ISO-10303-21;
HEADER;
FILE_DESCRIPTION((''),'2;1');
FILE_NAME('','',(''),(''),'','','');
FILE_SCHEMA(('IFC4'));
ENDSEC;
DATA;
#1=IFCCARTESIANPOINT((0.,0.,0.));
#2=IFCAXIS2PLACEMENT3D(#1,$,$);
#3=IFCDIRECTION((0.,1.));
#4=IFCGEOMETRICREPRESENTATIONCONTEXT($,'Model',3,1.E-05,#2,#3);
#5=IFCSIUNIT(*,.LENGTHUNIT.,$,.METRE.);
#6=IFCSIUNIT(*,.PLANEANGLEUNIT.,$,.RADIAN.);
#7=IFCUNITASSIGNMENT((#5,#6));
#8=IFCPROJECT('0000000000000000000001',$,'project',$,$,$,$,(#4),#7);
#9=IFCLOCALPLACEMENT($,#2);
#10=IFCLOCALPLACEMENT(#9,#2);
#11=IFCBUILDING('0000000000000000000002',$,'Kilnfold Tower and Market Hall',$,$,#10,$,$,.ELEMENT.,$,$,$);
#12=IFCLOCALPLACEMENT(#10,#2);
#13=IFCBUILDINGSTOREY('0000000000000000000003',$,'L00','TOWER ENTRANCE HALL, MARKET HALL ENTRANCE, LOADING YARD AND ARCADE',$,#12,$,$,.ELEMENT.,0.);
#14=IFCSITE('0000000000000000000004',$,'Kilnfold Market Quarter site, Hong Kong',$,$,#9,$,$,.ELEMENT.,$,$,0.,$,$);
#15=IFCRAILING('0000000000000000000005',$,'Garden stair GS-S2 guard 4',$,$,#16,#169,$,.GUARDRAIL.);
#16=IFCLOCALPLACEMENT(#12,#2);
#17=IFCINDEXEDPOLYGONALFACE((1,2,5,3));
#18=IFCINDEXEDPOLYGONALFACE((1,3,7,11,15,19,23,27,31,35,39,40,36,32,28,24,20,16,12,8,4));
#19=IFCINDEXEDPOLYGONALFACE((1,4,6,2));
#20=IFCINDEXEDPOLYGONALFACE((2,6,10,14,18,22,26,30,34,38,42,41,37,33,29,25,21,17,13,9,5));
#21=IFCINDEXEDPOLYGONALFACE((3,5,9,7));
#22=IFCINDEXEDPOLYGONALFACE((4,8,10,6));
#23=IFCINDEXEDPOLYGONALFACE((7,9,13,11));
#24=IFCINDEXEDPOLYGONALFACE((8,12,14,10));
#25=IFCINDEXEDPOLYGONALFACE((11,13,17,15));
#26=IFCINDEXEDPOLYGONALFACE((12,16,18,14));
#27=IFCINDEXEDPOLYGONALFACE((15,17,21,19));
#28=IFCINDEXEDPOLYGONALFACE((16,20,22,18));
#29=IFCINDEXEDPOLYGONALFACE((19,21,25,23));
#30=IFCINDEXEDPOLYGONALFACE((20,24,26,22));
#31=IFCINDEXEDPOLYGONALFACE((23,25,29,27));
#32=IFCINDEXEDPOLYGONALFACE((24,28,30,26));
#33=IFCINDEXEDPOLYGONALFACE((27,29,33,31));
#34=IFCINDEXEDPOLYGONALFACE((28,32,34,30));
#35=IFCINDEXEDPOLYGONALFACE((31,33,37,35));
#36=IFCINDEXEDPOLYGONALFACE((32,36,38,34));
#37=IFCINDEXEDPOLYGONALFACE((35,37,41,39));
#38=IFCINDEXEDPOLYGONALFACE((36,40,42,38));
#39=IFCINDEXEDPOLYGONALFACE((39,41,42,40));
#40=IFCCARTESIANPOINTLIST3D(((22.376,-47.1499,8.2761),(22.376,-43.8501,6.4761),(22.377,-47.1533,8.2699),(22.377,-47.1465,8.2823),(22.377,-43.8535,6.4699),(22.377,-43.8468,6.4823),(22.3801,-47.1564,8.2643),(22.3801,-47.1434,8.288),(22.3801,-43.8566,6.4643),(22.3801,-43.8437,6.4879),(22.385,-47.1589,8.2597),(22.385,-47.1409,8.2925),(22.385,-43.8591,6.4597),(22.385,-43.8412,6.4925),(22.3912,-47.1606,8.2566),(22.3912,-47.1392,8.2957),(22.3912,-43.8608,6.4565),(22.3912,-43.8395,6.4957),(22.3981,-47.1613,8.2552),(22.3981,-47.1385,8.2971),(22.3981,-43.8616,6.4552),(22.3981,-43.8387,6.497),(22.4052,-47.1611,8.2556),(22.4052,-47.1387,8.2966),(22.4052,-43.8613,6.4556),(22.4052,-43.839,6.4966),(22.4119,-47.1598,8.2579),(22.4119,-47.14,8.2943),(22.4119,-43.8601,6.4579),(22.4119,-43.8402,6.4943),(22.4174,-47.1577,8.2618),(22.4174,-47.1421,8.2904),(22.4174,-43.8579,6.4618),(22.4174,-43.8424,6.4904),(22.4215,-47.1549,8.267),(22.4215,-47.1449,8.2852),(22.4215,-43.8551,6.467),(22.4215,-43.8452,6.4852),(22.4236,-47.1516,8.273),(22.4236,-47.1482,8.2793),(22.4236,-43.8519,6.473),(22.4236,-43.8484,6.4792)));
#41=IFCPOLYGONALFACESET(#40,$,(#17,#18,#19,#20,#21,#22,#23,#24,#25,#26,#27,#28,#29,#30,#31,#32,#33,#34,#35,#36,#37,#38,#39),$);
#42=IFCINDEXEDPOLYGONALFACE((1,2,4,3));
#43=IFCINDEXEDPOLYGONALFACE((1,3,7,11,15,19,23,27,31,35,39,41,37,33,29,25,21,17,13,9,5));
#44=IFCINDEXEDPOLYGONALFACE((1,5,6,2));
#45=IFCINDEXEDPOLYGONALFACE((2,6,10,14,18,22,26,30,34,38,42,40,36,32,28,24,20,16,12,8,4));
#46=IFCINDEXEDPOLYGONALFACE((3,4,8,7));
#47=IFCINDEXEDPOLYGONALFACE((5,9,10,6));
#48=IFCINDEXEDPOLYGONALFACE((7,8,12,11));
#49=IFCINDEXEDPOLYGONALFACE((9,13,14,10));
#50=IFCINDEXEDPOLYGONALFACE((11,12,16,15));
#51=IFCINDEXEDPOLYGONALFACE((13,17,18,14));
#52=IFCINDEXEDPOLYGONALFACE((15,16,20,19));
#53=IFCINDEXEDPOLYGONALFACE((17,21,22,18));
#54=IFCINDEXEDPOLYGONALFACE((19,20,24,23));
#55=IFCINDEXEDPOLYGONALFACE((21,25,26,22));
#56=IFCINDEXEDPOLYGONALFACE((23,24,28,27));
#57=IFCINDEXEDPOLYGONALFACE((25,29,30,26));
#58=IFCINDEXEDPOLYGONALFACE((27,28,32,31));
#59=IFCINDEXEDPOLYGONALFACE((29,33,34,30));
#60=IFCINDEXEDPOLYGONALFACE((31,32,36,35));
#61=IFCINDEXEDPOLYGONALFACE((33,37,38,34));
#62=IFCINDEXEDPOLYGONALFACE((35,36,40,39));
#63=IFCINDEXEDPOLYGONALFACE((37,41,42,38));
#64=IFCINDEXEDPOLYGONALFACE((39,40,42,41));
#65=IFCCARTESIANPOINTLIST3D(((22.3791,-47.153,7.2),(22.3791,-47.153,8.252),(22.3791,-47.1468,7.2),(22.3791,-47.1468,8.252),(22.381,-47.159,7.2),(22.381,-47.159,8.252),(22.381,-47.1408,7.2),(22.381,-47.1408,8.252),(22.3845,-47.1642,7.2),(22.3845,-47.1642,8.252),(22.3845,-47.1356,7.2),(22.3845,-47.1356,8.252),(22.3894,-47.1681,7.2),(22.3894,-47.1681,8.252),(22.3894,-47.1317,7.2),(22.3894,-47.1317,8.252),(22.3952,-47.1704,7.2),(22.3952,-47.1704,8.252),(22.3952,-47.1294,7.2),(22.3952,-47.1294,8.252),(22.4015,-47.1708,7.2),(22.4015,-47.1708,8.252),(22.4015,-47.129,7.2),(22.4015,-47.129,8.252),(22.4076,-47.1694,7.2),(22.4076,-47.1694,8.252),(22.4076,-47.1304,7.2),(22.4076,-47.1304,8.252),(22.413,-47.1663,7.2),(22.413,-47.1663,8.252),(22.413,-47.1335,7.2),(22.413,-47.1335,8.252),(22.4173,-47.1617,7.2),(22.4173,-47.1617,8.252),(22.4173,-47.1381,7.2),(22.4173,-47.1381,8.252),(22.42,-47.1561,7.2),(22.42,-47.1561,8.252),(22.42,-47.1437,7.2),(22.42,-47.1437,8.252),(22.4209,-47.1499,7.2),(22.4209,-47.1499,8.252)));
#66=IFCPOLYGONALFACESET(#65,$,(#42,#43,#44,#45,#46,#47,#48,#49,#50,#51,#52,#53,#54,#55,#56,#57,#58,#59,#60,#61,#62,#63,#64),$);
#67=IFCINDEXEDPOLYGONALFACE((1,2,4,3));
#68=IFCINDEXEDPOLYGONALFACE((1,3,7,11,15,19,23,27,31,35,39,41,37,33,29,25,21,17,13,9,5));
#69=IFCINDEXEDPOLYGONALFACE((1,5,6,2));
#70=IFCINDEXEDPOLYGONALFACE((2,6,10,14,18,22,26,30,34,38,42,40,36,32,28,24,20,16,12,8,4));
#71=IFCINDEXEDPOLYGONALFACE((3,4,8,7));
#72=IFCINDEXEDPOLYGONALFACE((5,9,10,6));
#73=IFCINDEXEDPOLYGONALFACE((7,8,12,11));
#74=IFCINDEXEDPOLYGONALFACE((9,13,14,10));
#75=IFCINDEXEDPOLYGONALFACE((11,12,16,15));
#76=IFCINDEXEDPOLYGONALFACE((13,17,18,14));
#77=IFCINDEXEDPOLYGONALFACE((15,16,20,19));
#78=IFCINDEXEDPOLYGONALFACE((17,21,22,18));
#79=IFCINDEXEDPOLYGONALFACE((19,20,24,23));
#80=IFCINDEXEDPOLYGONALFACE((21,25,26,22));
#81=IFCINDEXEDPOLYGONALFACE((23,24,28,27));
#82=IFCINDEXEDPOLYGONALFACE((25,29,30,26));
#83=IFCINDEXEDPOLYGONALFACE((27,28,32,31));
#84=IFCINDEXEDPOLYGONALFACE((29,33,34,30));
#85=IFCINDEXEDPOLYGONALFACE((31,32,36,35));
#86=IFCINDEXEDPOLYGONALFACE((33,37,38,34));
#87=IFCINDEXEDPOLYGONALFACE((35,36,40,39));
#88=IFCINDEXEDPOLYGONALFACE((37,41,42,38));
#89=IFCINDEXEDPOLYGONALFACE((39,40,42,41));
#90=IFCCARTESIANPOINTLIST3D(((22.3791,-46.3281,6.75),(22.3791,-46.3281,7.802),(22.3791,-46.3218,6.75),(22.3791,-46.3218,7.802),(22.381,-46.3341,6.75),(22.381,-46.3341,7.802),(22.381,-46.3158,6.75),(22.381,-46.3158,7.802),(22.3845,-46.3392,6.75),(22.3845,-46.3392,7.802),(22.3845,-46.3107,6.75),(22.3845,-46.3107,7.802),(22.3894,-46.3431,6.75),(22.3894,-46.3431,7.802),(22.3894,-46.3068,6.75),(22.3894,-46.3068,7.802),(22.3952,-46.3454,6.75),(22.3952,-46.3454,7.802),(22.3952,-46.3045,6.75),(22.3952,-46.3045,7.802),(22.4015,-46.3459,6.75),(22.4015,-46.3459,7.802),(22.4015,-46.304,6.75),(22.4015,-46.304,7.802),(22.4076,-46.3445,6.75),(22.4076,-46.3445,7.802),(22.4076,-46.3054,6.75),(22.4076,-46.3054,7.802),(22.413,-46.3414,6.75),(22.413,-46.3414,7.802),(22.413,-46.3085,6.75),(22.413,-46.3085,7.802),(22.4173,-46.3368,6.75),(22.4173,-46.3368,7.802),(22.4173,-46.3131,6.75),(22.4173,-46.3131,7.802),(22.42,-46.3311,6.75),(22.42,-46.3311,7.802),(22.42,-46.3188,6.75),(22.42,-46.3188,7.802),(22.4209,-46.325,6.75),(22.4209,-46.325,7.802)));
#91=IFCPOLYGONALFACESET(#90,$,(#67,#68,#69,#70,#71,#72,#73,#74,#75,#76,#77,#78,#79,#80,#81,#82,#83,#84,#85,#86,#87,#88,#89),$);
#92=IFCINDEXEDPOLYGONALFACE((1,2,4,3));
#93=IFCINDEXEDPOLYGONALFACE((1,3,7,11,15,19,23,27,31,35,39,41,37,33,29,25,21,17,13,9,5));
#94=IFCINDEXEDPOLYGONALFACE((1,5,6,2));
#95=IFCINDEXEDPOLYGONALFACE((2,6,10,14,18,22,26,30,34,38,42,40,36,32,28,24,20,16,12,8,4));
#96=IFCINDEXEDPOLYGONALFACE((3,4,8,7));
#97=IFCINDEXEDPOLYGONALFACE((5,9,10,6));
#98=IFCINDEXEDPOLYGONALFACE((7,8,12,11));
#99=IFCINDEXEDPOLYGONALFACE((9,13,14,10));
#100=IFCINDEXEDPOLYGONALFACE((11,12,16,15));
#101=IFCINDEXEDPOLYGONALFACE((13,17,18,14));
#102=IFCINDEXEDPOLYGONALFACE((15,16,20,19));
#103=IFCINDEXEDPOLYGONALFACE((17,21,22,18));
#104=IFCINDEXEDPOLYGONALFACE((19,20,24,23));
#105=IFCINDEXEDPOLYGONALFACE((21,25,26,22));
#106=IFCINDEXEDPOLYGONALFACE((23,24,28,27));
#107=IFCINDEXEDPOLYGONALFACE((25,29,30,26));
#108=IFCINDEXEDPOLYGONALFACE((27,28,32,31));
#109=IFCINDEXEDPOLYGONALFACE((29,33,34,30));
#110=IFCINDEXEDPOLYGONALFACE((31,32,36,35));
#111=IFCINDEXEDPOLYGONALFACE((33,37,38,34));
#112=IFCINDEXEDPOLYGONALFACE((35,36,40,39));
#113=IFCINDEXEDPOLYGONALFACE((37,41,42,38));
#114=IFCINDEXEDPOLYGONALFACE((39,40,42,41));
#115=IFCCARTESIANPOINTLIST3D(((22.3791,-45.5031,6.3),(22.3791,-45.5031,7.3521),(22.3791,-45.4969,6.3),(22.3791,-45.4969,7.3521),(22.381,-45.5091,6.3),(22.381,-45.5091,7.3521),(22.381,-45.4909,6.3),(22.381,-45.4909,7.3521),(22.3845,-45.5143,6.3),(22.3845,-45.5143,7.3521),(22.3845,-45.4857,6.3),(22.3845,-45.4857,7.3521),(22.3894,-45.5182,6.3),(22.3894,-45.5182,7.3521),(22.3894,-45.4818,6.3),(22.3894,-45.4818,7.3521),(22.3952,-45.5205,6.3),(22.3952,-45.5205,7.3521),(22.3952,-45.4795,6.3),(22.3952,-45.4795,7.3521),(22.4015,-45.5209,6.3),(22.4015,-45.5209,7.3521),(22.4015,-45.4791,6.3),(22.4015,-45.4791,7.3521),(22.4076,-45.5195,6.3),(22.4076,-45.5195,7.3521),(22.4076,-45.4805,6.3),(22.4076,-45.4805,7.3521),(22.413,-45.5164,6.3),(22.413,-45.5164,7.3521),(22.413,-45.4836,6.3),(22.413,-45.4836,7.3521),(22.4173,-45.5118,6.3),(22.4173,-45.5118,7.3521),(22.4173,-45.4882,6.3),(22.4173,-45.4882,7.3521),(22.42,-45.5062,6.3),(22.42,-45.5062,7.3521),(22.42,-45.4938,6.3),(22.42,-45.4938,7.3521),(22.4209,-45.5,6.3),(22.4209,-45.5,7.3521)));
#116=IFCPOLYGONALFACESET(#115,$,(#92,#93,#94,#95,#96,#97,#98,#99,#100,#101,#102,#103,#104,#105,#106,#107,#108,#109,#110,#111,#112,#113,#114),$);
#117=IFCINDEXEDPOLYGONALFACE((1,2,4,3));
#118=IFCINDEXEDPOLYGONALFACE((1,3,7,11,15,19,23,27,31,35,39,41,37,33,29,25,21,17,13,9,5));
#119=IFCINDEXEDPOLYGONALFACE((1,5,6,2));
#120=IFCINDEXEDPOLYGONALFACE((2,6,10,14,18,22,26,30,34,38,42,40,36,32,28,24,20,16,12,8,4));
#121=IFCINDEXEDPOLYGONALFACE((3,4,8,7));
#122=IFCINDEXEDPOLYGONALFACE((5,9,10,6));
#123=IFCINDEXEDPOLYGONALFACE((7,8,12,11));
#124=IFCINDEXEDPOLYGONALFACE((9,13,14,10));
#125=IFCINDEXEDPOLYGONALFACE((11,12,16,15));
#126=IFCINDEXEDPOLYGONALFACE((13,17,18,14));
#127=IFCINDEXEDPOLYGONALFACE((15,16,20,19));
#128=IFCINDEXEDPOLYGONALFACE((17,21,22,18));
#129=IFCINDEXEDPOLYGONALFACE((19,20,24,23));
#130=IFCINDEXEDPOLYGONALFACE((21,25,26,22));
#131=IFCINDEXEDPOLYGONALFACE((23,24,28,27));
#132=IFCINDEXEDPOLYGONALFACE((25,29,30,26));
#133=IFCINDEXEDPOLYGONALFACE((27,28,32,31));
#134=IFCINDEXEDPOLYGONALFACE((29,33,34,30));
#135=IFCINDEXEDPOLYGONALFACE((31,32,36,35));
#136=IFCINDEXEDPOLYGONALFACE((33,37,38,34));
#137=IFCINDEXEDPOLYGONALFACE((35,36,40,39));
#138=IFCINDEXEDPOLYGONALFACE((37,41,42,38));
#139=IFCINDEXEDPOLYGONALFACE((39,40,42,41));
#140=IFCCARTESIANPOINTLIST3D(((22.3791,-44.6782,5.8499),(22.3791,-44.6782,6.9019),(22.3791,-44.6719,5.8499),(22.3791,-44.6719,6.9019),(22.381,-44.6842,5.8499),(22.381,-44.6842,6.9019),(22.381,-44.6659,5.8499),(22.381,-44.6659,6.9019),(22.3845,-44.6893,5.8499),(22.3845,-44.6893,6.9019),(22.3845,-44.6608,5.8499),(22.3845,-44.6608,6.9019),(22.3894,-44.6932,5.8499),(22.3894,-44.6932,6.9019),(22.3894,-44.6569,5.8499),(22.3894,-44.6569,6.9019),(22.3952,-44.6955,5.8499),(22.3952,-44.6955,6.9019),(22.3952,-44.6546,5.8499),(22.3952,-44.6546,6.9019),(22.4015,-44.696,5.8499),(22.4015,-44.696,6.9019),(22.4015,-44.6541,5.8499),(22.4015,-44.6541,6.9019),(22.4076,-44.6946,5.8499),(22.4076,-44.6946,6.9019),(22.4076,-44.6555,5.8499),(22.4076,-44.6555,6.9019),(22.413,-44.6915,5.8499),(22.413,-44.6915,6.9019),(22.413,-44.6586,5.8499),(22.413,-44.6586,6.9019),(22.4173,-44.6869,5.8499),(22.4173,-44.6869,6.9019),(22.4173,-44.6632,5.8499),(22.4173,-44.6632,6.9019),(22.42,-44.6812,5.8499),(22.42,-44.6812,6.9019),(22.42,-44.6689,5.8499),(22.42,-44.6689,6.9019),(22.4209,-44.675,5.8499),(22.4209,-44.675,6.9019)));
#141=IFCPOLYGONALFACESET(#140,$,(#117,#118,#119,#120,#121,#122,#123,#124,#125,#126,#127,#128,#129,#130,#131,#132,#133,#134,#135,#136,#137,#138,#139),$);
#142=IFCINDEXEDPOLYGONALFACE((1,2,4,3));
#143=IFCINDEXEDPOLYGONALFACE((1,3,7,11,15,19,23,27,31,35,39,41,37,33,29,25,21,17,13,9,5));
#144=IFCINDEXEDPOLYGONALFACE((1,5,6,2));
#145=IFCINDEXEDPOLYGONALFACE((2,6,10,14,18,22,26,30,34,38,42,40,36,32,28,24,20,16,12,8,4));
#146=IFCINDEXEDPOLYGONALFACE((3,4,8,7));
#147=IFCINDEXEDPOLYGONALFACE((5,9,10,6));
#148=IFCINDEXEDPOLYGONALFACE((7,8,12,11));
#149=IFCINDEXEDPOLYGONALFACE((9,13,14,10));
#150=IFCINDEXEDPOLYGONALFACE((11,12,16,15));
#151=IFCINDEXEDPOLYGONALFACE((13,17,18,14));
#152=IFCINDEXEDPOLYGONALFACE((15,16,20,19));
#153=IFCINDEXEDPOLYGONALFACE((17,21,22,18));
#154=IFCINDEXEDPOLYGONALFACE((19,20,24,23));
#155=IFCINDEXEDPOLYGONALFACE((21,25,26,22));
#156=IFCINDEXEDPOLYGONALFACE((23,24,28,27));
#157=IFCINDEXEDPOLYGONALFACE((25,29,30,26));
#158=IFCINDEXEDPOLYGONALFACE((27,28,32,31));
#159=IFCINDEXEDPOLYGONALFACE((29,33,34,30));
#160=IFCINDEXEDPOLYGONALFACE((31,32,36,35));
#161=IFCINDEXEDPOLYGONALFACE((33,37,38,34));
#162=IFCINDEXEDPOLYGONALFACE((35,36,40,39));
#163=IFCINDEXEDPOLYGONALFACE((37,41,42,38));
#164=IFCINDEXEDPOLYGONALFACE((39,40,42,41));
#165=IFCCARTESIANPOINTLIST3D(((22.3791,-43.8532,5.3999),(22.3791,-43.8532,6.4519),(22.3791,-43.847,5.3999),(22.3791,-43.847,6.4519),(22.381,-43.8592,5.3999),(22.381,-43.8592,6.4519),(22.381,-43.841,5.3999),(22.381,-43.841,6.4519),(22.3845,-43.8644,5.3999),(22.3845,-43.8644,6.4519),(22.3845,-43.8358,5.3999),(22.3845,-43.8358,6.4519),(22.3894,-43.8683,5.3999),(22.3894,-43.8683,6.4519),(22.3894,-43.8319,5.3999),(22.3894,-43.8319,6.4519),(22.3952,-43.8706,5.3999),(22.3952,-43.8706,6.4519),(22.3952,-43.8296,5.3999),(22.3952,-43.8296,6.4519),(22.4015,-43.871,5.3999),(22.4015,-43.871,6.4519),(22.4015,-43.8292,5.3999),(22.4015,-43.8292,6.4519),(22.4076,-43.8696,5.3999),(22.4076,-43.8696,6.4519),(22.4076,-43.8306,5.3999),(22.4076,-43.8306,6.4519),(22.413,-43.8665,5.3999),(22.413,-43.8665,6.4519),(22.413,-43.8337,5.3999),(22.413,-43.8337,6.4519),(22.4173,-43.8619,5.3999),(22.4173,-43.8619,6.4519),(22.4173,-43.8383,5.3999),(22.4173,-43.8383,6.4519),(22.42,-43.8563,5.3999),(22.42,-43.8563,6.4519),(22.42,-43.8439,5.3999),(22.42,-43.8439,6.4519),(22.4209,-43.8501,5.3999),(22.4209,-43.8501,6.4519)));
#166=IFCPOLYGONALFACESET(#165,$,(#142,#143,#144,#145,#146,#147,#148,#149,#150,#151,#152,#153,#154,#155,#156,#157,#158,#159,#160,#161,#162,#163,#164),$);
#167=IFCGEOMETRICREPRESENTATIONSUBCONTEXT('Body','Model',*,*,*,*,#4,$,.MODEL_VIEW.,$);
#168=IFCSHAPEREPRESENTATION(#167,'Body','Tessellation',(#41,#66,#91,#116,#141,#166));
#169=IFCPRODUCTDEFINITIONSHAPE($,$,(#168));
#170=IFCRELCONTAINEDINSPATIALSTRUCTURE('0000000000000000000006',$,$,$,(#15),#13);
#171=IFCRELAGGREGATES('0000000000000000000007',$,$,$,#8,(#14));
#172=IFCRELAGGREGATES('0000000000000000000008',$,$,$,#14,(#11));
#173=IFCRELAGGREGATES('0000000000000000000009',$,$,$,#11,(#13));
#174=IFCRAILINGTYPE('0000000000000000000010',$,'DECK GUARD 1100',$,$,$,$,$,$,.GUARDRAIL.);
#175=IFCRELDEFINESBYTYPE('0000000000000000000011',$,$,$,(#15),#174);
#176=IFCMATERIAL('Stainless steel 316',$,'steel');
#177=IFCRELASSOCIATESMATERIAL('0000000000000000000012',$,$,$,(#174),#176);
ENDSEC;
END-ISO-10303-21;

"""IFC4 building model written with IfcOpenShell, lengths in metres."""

from ifc_helpers import new_model, si_unit, direction, frame, origin, origin_2d, place, context, subcontext, project, spatial, circle, extrude, material, type_object, element, save


model = new_model("IFC4")

# Units and contexts
model_context = context("Model", 3, precision=1e-05, world=origin(), true_north=direction((0.0, 1.0)))
body_context = subcontext(model_context, "Body", "Model", "MODEL_VIEW")
ifc_project = project(units=[si_unit("LENGTHUNIT", "METRE"), si_unit("PLANEANGLEUNIT", "RADIAN")], contexts=[model_context])

# Site, building, storey
site_placement = place(None, origin())
site = spatial("IfcSite", under=ifc_project, at=site_placement, Name="Kilnfold Market Quarter site, Hong Kong", CompositionType="ELEMENT", RefElevation=0.0)
building_placement = place(site_placement, origin())
building = spatial("IfcBuilding", under=site, at=building_placement, Name="Kilnfold Tower and Market Hall", CompositionType="ELEMENT")
storey_placement = place(building_placement, origin())
storey = spatial("IfcBuildingStorey", under=building, at=storey_placement, Name="L00", Description="TOWER ENTRANCE HALL, MARKET HALL ENTRANCE, LOADING YARD AND ARCADE", CompositionType="ELEMENT", Elevation=0.0)

# Railing
ifc_material_1 = material(Name="Stainless steel 316", Category="steel")
railing_type_1 = type_object("IfcRailingType", Name="DECK GUARD 1100", PredefinedType="GUARDRAIL", material=ifc_material_1)
railing_1_placement = place(storey_placement, frame((22.3999, -47.1499, 7.2)))
element("IfcRailing", 1, at=railing_1_placement, inside=storey, type_object=railing_type_1, Name="Garden stair GS-S2 guard 4", PredefinedType="GUARDRAIL", context=body_context, shape_type="SweptSolid", body=[
    extrude(circle(Radius=0.0239, at=origin_2d()), frame((0.0, 0.0, 1.0762), z_axis=(0.0, 0.877878, -0.478884), x_axis=(-1.0, 0.0, 0.0)), (0.0, 0.0, 1.0), 3.7588),
    extrude(circle(Radius=0.021, at=origin_2d()), origin(), (0.0, 0.0, 1.0), 1.052),
    extrude(circle(Radius=0.021, at=origin_2d()), frame((0.0, 0.825, -0.45)), (0.0, 0.0, 1.0), 1.052),
    extrude(circle(Radius=0.021, at=origin_2d()), frame((0.0, 1.6499, -0.8999)), (0.0, 0.0, 1.0), 1.052),
    extrude(circle(Radius=0.021, at=origin_2d()), frame((0.0, 2.4749, -1.3501)), (0.0, 0.0, 1.0), 1.052),
    extrude(circle(Radius=0.021, at=origin_2d()), frame((0.0, 3.2998, -1.8)), (0.0, 0.0, 1.0), 1.052),
])

save(model, "model.ifc")
